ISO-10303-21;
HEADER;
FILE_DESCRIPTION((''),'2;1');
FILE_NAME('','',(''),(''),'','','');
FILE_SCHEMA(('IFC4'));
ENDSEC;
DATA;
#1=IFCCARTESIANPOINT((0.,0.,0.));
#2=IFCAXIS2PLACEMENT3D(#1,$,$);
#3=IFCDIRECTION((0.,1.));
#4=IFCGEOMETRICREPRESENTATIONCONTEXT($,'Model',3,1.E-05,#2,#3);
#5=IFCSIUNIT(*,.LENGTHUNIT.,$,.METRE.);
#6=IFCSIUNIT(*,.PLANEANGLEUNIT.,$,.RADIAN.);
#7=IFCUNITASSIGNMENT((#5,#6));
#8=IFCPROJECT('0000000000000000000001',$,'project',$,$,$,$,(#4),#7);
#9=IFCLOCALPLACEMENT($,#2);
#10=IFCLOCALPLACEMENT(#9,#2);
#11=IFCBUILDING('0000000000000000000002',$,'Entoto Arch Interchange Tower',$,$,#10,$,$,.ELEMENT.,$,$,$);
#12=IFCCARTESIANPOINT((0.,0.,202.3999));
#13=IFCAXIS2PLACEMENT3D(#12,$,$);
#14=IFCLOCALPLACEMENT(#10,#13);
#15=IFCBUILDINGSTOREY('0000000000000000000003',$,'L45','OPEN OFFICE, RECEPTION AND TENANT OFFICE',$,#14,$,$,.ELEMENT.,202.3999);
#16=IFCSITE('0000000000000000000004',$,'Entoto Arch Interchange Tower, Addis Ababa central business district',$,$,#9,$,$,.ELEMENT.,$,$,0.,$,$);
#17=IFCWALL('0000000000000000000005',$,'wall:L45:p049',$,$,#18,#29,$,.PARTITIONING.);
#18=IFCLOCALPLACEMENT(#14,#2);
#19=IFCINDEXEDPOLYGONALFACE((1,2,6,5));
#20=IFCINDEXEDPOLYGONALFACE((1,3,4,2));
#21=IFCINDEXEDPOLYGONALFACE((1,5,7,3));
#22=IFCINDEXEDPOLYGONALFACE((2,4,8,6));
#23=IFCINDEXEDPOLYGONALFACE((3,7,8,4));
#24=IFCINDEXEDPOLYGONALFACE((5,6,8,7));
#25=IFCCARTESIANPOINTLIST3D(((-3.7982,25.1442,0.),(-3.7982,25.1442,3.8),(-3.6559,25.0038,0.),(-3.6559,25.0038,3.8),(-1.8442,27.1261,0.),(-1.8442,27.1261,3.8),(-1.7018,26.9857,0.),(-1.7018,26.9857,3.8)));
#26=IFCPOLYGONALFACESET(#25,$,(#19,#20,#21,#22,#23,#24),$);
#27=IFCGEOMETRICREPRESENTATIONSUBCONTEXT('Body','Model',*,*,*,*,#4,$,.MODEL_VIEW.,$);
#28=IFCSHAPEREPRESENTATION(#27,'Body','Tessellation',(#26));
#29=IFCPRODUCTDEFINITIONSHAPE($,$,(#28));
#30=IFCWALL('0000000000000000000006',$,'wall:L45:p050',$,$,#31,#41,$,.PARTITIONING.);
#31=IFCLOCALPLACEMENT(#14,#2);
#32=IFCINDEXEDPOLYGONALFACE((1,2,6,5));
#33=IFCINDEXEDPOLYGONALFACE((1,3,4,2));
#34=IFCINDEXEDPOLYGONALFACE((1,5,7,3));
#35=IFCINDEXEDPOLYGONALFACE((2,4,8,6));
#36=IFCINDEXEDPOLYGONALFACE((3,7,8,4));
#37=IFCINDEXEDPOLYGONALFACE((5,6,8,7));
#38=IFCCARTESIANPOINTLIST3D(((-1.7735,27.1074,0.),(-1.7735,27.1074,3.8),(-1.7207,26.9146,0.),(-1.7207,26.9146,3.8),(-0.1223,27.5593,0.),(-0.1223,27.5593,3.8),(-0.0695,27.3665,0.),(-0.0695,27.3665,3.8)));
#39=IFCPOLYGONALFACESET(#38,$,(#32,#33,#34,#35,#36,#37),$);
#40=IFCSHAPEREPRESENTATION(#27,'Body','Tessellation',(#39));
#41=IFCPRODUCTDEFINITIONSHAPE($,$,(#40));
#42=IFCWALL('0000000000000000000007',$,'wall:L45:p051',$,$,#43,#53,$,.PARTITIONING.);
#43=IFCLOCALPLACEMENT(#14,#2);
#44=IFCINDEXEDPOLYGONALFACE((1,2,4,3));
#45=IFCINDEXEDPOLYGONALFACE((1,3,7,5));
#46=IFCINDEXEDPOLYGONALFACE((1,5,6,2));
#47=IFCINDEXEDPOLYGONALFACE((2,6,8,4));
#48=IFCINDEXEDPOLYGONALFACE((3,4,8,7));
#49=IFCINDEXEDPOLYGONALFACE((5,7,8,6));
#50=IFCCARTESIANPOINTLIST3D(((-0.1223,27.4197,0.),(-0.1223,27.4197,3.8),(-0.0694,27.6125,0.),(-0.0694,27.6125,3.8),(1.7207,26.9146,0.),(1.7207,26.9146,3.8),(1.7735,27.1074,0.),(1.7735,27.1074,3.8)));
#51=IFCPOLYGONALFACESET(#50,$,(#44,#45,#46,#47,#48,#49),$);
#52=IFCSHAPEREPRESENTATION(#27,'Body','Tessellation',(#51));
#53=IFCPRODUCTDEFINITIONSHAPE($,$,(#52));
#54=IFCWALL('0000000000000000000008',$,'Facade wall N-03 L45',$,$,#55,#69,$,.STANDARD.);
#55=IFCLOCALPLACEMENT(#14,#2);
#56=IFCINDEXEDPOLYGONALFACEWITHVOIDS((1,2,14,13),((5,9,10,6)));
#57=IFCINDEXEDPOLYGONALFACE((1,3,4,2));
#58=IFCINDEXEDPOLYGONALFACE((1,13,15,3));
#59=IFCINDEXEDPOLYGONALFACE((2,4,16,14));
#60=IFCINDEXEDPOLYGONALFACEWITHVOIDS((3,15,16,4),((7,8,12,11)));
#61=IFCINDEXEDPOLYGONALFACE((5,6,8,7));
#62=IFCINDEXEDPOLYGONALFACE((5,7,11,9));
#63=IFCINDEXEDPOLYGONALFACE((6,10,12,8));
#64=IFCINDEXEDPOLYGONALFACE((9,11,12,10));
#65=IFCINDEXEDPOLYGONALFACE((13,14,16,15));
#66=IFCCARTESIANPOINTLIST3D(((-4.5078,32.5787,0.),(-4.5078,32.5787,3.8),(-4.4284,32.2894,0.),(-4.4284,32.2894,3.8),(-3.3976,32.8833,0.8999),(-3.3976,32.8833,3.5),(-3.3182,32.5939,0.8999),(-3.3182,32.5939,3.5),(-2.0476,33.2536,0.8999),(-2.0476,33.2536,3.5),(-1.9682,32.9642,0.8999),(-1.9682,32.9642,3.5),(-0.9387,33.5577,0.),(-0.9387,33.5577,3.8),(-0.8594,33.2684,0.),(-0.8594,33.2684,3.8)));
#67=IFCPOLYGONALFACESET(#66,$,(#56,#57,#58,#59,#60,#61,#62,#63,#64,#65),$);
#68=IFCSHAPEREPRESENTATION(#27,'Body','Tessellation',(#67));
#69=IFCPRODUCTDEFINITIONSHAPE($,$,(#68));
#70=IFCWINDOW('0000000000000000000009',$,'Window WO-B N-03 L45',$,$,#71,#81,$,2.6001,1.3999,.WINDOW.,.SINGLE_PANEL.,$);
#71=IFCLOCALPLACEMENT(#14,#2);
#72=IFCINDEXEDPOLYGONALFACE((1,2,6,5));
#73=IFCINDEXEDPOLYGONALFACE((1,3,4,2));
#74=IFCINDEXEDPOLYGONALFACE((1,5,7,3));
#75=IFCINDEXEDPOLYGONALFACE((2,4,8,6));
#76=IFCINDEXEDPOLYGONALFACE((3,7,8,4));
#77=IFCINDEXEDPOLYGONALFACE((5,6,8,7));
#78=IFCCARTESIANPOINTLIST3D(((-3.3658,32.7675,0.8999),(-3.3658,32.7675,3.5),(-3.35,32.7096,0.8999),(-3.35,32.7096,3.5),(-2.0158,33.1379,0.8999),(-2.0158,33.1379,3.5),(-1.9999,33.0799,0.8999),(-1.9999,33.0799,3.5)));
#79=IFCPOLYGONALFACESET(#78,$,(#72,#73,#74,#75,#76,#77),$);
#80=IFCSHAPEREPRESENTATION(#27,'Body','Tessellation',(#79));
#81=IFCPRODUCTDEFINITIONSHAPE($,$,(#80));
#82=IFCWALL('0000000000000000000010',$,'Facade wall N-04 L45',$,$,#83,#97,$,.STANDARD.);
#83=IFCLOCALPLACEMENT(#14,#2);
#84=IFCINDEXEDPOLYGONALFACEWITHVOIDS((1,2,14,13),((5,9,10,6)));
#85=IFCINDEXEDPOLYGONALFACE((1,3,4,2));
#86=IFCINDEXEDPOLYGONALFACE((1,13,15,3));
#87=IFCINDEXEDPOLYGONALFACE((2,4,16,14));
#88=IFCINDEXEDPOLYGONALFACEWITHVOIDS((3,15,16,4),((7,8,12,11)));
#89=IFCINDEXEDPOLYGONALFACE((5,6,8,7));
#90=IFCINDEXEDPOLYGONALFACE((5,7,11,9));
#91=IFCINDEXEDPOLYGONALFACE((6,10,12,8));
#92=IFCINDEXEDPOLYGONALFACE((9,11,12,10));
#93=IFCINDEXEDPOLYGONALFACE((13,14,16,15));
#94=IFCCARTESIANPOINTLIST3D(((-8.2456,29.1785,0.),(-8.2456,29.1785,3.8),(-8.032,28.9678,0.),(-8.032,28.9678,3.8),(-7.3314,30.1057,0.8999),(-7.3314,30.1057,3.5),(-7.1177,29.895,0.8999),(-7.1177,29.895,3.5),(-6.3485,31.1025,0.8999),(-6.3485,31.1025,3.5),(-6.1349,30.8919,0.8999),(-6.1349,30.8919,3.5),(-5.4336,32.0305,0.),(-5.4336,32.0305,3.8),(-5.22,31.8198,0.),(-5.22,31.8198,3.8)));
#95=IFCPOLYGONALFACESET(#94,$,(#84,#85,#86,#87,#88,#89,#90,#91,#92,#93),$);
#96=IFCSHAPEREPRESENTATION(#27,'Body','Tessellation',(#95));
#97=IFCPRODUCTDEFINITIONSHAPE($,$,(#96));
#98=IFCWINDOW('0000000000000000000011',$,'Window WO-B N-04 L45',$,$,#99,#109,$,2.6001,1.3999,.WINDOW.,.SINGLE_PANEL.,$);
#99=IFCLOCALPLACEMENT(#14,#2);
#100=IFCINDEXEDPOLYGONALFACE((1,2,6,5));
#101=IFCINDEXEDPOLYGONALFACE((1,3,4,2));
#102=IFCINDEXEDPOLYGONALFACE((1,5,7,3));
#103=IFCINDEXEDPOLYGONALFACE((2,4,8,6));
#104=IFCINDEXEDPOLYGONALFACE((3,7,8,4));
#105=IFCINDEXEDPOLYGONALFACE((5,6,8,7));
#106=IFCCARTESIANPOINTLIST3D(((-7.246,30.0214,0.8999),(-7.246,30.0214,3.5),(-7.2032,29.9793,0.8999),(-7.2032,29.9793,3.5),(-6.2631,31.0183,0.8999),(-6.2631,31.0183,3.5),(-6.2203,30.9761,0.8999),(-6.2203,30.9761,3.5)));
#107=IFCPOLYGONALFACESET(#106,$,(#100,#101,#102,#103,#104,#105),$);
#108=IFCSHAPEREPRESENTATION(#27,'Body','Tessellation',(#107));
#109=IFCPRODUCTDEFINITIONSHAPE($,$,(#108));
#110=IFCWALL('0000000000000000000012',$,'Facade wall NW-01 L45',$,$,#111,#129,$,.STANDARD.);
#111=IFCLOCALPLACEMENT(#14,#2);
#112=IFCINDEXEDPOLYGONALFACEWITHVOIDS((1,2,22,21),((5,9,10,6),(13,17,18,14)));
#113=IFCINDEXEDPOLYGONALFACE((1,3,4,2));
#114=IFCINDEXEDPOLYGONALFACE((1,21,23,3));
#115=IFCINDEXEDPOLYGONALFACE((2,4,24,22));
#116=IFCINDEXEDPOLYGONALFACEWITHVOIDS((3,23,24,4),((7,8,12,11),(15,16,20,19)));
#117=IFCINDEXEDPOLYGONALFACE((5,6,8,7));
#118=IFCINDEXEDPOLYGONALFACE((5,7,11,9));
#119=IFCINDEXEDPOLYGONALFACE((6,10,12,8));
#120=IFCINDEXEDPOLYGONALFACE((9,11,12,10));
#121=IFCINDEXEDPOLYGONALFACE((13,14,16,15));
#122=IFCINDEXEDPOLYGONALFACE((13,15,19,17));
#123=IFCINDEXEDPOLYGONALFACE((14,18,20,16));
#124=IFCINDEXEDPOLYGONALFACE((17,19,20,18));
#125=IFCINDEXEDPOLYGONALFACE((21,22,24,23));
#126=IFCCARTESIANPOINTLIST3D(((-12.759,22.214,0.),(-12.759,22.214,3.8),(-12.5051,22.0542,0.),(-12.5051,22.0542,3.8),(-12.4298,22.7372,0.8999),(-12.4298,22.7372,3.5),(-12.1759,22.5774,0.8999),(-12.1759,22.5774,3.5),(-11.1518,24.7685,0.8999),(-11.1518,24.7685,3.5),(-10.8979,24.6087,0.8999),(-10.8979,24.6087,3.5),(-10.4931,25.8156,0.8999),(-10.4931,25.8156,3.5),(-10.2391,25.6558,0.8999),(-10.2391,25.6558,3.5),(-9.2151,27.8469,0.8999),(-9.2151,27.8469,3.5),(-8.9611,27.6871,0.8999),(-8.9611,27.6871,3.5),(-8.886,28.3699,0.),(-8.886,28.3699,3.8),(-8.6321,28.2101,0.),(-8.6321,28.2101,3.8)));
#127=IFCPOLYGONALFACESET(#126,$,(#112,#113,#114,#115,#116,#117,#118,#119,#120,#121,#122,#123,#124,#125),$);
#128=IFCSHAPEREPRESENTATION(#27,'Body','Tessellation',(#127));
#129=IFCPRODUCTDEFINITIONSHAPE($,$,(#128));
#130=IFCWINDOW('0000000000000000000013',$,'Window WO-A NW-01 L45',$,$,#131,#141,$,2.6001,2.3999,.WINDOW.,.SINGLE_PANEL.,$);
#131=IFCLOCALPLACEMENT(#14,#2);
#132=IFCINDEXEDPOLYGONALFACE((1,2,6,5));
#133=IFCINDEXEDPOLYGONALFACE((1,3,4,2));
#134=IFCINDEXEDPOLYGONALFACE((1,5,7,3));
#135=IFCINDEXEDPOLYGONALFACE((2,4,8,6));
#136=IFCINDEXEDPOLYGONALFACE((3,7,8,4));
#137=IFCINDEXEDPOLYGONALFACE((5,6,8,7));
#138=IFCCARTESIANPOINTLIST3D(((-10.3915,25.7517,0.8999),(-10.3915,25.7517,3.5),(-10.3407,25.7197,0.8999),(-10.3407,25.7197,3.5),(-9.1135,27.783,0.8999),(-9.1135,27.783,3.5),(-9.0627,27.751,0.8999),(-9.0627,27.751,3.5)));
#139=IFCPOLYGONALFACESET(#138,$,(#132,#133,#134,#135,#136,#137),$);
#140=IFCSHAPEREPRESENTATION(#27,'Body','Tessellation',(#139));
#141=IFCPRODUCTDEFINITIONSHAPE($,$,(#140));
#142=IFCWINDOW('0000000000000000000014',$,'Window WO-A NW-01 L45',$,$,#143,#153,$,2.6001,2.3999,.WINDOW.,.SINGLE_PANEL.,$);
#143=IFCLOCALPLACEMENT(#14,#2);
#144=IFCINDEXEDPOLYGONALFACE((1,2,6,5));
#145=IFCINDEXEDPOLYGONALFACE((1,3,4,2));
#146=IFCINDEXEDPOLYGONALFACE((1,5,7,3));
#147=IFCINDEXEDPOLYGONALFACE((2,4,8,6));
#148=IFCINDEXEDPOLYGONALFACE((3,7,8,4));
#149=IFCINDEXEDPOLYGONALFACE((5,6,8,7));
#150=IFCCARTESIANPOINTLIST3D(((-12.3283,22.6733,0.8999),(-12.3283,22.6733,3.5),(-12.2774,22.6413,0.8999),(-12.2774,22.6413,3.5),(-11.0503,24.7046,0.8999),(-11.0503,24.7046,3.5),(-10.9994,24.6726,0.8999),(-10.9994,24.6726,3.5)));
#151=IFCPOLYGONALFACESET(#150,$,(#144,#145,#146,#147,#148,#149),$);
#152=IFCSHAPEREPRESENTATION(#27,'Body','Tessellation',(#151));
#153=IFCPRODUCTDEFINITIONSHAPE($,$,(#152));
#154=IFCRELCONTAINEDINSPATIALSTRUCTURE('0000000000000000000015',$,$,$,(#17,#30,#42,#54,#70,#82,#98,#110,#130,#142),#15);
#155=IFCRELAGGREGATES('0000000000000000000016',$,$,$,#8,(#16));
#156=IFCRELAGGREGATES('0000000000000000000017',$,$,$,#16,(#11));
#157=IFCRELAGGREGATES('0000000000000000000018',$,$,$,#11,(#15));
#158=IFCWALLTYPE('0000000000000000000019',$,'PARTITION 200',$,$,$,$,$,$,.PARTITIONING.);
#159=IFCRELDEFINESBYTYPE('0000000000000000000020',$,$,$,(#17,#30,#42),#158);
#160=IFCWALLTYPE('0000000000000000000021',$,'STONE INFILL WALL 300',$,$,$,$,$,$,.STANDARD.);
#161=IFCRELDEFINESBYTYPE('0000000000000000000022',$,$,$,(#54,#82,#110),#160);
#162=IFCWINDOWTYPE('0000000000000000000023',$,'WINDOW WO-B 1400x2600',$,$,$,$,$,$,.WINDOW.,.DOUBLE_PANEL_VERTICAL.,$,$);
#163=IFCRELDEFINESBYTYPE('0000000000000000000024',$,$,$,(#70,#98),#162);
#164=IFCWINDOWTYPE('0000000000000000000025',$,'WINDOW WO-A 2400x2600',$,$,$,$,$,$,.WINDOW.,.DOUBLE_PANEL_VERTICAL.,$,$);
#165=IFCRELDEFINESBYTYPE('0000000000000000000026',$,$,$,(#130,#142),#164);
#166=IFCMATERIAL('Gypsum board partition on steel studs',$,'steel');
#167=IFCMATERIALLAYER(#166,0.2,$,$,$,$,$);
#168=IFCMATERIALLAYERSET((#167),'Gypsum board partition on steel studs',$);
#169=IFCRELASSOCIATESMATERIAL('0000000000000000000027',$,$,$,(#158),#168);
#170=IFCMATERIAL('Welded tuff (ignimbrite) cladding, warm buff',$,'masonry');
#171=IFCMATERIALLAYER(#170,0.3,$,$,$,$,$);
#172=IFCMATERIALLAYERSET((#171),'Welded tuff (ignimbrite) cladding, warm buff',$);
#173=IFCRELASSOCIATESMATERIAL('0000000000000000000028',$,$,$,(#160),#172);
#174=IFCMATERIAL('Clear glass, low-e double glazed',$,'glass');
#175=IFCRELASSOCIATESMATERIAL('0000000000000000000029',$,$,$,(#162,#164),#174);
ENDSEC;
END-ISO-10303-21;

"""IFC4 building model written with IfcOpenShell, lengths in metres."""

from ifc_helpers import new_model, si_unit, direction, frame, frame_2d, origin, place, context, subcontext, project, spatial, rectangle, extrude, material, layer, layer_set, type_object, element, fill, save


model = new_model("IFC4")

# Units and contexts
model_context = context("Model", 3, precision=1e-05, world=origin(), true_north=direction((0.0, 1.0)))
body_context = subcontext(model_context, "Body", "Model", "MODEL_VIEW")
ifc_project = project(units=[si_unit("LENGTHUNIT", "METRE"), si_unit("PLANEANGLEUNIT", "RADIAN")], contexts=[model_context])

# Site, building, storey
site_placement = place(None, origin())
site = spatial("IfcSite", under=ifc_project, at=site_placement, Name="Entoto Arch Interchange Tower, Addis Ababa central business district", CompositionType="ELEMENT", RefElevation=0.0)
building_placement = place(site_placement, origin())
building = spatial("IfcBuilding", under=site, at=building_placement, Name="Entoto Arch Interchange Tower", CompositionType="ELEMENT")
storey_placement = place(building_placement, frame((0.0, 0.0, 202.3999)))
storey = spatial("IfcBuildingStorey", under=building, at=storey_placement, Name="L45", Description="OPEN OFFICE, RECEPTION AND TENANT OFFICE", CompositionType="ELEMENT", Elevation=202.3999)

# Shared definitions
ifc_material_1 = material(Name="Gypsum board partition on steel studs", Category="steel")
ifc_layer_1 = layer(ifc_material_1, 0.2)
ifc_layer_set_1 = layer_set([ifc_layer_1], Name="Gypsum board partition on steel studs")
wall_type_1 = type_object("IfcWallType", Name="PARTITION 200", PredefinedType="PARTITIONING", material=ifc_layer_set_1)

# Walls
wall_1_placement = place(storey_placement, frame((-3.7271, 25.074, 0.0), z_axis=(0.0, 0.0, 1.0), x_axis=(0.702089, 0.712089, 0.0)))
element("IfcWall", 1, at=wall_1_placement, inside=storey, type_object=wall_type_1, Name="wall:L45:p049", PredefinedType="PARTITIONING", context=body_context, shape_type="SweptSolid", body=[
    extrude(rectangle(XDim=2.7832, YDim=0.2, at=frame_2d((1.3916, 0.0))), origin(), (0.0, 0.0, 1.0), 3.8),
])
wall_2_placement = place(storey_placement, frame((-1.7471, 27.011, 0.0), z_axis=(0.0, 0.0, 1.0), x_axis=(0.964526, 0.263986, 0.0)))
element("IfcWall", 2, at=wall_2_placement, inside=storey, type_object=wall_type_1, Name="wall:L45:p050", PredefinedType="PARTITIONING", context=body_context, shape_type="SweptSolid", body=[
    extrude(rectangle(XDim=1.7119, YDim=0.2, at=frame_2d((0.856, 0.0))), origin(), (0.0, 0.0, 1.0), 3.8),
])
wall_3_placement = place(storey_placement, frame((-0.0959, 27.5161, 0.0), z_axis=(0.0, 0.0, 1.0), x_axis=(0.964433, -0.264328, 0.0)))
element("IfcWall", 3, at=wall_3_placement, inside=storey, type_object=wall_type_1, Name="wall:L45:p051", PredefinedType="PARTITIONING", context=body_context, shape_type="SweptSolid", body=[
    extrude(rectangle(XDim=1.9109, YDim=0.2, at=frame_2d((0.9556, 0.0))), origin(), (0.0, 0.0, 1.0), 3.8),
])

# Walls, openings, windows
ifc_material_2 = material(Name="Welded tuff (ignimbrite) cladding, warm buff", Category="masonry")
ifc_layer_2 = layer(ifc_material_2, 0.3)
ifc_layer_set_2 = layer_set([ifc_layer_2], Name="Welded tuff (ignimbrite) cladding, warm buff")
wall_type_2 = type_object("IfcWallType", Name="STONE INFILL WALL 300", PredefinedType="STANDARD", material=ifc_layer_set_2)
wall_4_placement = place(storey_placement, frame((-0.8989, 33.4131, 0.0), z_axis=(0.0, 0.0, 1.0), x_axis=(-0.964378, -0.264529, 0.0)))
wall_4 = element("IfcWall", 4, at=wall_4_placement, inside=storey, type_object=wall_type_2, Name="Facade wall N-03 L45", PredefinedType="STANDARD", context=body_context, shape_type="SweptSolid", body=[
    extrude(rectangle(XDim=3.7009, YDim=0.3, at=frame_2d((1.8506, 0.0))), origin(), (0.0, 0.0, 1.0), 3.8),
])
opening_1_placement = place(wall_4_placement, frame((1.1499, 0.0, 0.8999)))
opening_1 = element("IfcOpeningElement", 5, at=opening_1_placement, cuts=wall_4, PredefinedType="OPENING", context=body_context, shape_type="SweptSolid", body=[
    extrude(rectangle(XDim=1.3999, YDim=2.6001, at=frame_2d((0.7, 1.3))), frame((0.0, 0.1602, 0.0), z_axis=(0.0, -1.0, 0.0), x_axis=(1.0, 0.0, 0.0)), (0.0, 0.0, 1.0), 0.3201),
])
ifc_material_3 = material(Name="Clear glass, low-e double glazed", Category="glass")
window_type_1 = type_object("IfcWindowType", Name="WINDOW WO-B 1400x2600", PartitioningType="DOUBLE_PANEL_VERTICAL", PredefinedType="WINDOW", material=ifc_material_3)
window_1_placement = place(opening_1_placement, origin())
window_1 = element("IfcWindow", 6, at=window_1_placement, inside=storey, type_object=window_type_1, Name="Window WO-B N-03 L45", OverallHeight=2.6001, OverallWidth=1.3999, PartitioningType="SINGLE_PANEL", PredefinedType="WINDOW", context=body_context, shape_type="SweptSolid", body=[
    extrude(rectangle(XDim=1.3999, YDim=2.6001, at=frame_2d((0.7, 1.3))), frame((0.0, 0.03, 0.0), z_axis=(0.0, -1.0, 0.0), x_axis=(1.0, 0.0, 0.0)), (0.0, 0.0, 1.0), 0.0601),
])
fill(opening_1, window_1)
wall_5_placement = place(storey_placement, frame((-5.3269, 31.925, 0.0), z_axis=(0.0, 0.0, 1.0), x_axis=(-0.702091, -0.712088, 0.0)))
wall_5 = element("IfcWall", 7, at=wall_5_placement, inside=storey, type_object=wall_type_2, Name="Facade wall N-04 L45", PredefinedType="STANDARD", context=body_context, shape_type="SweptSolid", body=[
    extrude(rectangle(XDim=4.0051, YDim=0.3, at=frame_2d((2.0024, 0.0))), origin(), (0.0, 0.0, 1.0), 3.8),
])
opening_2_placement = place(wall_5_placement, frame((1.303, 0.0, 0.8999)))
opening_2 = element("IfcOpeningElement", 8, at=opening_2_placement, cuts=wall_5, PredefinedType="OPENING", context=body_context, shape_type="SweptSolid", body=[
    extrude(rectangle(XDim=1.3999, YDim=2.6001, at=frame_2d((0.7, 1.3))), frame((0.0, 0.1602, 0.0), z_axis=(0.0, -1.0, 0.0), x_axis=(1.0, 0.0, 0.0)), (0.0, 0.0, 1.0), 0.3201),
])
window_2_placement = place(opening_2_placement, origin())
window_2 = element("IfcWindow", 9, at=window_2_placement, inside=storey, type_object=window_type_1, Name="Window WO-B N-04 L45", OverallHeight=2.6001, OverallWidth=1.3999, PartitioningType="SINGLE_PANEL", PredefinedType="WINDOW", context=body_context, shape_type="SweptSolid", body=[
    extrude(rectangle(XDim=1.3999, YDim=2.6001, at=frame_2d((0.7, 1.3))), frame((0.0, 0.03, 0.0), z_axis=(0.0, -1.0, 0.0), x_axis=(1.0, 0.0, 0.0)), (0.0, 0.0, 1.0), 0.0601),
])
fill(opening_2, window_2)

# Wall, openings, windows
wall_6_placement = place(storey_placement, frame((-8.759, 28.29, 0.0), z_axis=(0.0, 0.0, 1.0), x_axis=(-0.532522, -0.846416, 0.0)))
wall_6 = element("IfcWall", 10, at=wall_6_placement, inside=storey, type_object=wall_type_2, Name="Facade wall NW-01 L45", PredefinedType="STANDARD", context=body_context, shape_type="SweptSolid", body=[
    extrude(rectangle(XDim=7.2729, YDim=0.3, at=frame_2d((3.6365, 0.0))), origin(), (0.0, 0.0, 1.0), 3.8),
])
opening_3_placement = place(wall_6_placement, frame((0.6179, 0.0, 0.8999)))
opening_3 = element("IfcOpeningElement", 11, at=opening_3_placement, cuts=wall_6, PredefinedType="OPENING", context=body_context, shape_type="SweptSolid", body=[
    extrude(rectangle(XDim=2.3999, YDim=2.6001, at=frame_2d((1.2, 1.3))), frame((0.0, 0.1602, 0.0), z_axis=(0.0, -1.0, 0.0), x_axis=(1.0, 0.0, 0.0)), (0.0, 0.0, 1.0), 0.3201),
])
opening_4_placement = place(wall_6_placement, frame((4.2549, 0.0, 0.8999)))
opening_4 = element("IfcOpeningElement", 12, at=opening_4_placement, cuts=wall_6, PredefinedType="OPENING", context=body_context, shape_type="SweptSolid", body=[
    extrude(rectangle(XDim=2.3999, YDim=2.6001, at=frame_2d((1.2, 1.3))), frame((0.0, 0.1602, 0.0), z_axis=(0.0, -1.0, 0.0), x_axis=(1.0, 0.0, 0.0)), (0.0, 0.0, 1.0), 0.3201),
])
window_type_2 = type_object("IfcWindowType", Name="WINDOW WO-A 2400x2600", PartitioningType="DOUBLE_PANEL_VERTICAL", PredefinedType="WINDOW", material=ifc_material_3)
window_3_placement = place(opening_3_placement, origin())
window_3 = element("IfcWindow", 13, at=window_3_placement, inside=storey, type_object=window_type_2, Name="Window WO-A NW-01 L45", OverallHeight=2.6001, OverallWidth=2.3999, PartitioningType="SINGLE_PANEL", PredefinedType="WINDOW", context=body_context, shape_type="SweptSolid", body=[
    extrude(rectangle(XDim=2.3999, YDim=2.6001, at=frame_2d((1.2, 1.3))), frame((0.0, 0.03, 0.0), z_axis=(0.0, -1.0, 0.0), x_axis=(1.0, 0.0, 0.0)), (0.0, 0.0, 1.0), 0.0601),
])
fill(opening_3, window_3)
window_4_placement = place(opening_4_placement, origin())
window_4 = element("IfcWindow", 14, at=window_4_placement, inside=storey, type_object=window_type_2, Name="Window WO-A NW-01 L45", OverallHeight=2.6001, OverallWidth=2.3999, PartitioningType="SINGLE_PANEL", PredefinedType="WINDOW", context=body_context, shape_type="SweptSolid", body=[
    extrude(rectangle(XDim=2.3999, YDim=2.6001, at=frame_2d((1.2, 1.3))), frame((0.0, 0.03, 0.0), z_axis=(0.0, -1.0, 0.0), x_axis=(1.0, 0.0, 0.0)), (0.0, 0.0, 1.0), 0.0601),
])
fill(opening_4, window_4)

save(model, "model.ifc")
